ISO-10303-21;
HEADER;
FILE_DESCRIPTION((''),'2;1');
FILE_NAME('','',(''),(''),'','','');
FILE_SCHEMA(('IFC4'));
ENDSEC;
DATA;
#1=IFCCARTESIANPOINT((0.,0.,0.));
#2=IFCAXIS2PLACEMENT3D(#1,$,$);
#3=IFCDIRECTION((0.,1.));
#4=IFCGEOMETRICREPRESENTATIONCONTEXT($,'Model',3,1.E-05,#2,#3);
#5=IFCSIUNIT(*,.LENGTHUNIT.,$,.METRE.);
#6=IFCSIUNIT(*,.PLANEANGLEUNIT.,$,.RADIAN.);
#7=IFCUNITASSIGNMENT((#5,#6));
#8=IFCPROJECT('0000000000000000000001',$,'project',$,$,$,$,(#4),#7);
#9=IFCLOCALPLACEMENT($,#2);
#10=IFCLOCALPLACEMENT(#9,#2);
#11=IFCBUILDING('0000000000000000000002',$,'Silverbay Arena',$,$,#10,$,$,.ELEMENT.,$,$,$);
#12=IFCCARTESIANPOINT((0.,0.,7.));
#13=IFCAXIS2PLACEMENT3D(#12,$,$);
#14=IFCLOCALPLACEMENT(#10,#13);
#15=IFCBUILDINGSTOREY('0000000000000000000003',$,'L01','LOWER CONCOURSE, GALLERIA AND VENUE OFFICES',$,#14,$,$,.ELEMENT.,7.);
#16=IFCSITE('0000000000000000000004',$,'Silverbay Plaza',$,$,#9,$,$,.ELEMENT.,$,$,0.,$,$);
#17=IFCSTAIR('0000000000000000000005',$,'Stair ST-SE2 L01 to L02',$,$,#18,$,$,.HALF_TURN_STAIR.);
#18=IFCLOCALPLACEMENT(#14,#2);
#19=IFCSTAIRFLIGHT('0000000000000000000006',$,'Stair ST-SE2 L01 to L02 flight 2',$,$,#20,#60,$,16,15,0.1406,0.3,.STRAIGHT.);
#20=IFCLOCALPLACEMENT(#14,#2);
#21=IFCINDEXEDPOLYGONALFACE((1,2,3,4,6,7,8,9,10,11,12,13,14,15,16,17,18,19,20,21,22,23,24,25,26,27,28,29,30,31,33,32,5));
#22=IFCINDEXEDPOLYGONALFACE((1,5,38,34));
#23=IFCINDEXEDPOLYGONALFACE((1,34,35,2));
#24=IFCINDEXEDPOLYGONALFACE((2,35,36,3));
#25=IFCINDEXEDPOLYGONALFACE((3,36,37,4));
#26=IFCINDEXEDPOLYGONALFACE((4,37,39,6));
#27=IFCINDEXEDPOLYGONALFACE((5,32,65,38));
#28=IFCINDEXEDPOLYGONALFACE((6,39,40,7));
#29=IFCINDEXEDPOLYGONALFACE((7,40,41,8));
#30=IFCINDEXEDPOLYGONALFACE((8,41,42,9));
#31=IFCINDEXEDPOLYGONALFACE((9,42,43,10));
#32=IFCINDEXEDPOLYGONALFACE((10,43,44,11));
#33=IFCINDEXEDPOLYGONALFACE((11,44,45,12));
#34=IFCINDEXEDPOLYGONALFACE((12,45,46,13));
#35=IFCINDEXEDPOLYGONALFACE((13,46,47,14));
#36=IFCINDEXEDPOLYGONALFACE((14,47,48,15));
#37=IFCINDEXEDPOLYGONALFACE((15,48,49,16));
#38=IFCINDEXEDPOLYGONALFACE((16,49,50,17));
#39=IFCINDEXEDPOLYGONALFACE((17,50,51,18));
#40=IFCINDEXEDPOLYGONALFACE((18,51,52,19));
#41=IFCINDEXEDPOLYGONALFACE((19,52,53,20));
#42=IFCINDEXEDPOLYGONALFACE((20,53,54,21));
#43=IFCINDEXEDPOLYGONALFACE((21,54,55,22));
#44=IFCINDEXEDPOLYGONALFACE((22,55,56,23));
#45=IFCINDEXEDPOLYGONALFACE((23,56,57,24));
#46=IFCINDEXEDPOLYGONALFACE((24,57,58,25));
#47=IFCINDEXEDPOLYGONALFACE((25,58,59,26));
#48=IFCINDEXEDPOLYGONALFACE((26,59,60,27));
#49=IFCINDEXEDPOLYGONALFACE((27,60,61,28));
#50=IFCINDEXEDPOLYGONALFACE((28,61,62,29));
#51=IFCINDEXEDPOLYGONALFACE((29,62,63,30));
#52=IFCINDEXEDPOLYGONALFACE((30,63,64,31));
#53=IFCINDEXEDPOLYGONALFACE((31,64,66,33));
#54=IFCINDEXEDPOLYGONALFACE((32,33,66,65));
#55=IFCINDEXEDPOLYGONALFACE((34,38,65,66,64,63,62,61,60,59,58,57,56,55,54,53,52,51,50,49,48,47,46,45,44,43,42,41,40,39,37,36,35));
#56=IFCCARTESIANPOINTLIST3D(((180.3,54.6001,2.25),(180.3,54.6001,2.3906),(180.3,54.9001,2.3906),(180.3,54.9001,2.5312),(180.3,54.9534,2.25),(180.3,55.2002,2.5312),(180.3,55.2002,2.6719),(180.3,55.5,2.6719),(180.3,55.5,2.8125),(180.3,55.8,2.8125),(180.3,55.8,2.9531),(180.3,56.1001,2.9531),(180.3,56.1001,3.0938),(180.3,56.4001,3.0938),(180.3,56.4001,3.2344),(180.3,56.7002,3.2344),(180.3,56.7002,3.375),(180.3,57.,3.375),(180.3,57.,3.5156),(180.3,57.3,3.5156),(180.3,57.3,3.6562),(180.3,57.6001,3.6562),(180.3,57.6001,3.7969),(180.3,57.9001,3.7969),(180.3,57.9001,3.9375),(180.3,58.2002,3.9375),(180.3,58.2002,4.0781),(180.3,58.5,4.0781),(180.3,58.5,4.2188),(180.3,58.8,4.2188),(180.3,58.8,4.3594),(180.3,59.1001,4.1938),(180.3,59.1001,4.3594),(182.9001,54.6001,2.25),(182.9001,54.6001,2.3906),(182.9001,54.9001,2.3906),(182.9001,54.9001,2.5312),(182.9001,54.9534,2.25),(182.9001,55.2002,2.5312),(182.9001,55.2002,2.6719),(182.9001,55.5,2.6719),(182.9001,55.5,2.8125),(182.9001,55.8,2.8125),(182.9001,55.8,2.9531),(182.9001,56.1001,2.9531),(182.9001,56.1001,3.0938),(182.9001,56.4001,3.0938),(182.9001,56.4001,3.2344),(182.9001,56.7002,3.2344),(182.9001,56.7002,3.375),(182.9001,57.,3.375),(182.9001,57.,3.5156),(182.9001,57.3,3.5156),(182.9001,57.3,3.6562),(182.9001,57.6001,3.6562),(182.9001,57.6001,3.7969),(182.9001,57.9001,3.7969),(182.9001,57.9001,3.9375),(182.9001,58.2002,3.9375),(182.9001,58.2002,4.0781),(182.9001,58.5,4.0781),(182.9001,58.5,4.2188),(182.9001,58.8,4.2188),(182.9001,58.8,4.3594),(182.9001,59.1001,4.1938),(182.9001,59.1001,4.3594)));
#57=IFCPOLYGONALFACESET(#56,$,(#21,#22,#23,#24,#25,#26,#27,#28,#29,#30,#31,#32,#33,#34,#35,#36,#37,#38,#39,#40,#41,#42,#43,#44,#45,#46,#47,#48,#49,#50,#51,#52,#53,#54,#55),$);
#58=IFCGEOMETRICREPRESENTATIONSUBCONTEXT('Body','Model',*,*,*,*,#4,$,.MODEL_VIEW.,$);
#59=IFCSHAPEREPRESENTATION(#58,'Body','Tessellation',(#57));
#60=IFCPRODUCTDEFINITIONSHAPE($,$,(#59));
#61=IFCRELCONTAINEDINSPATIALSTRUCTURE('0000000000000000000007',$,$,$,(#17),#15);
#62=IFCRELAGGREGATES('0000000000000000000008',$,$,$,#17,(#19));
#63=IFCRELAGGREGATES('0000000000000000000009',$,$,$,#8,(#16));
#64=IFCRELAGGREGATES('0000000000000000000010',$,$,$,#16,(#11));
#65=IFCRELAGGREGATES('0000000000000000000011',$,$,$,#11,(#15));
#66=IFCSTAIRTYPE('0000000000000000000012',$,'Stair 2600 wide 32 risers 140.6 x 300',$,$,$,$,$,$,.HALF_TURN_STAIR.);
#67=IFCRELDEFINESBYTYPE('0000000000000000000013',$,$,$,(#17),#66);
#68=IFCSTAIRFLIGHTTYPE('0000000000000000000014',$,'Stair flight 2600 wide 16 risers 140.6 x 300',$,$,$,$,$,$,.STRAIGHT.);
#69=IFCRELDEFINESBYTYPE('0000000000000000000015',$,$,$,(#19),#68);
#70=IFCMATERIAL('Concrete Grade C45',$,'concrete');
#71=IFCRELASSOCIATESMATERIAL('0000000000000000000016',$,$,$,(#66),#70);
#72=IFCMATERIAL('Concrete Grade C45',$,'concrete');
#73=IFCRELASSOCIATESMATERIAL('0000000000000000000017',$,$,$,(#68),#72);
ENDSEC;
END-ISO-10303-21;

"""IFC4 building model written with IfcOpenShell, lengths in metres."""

from ifc_helpers import new_model, si_unit, direction, frame, origin, place, context, subcontext, project, spatial, polyline, outline, extrude, material, type_object, element, aggregate, save


model = new_model("IFC4")

# Units and contexts
model_context = context("Model", 3, precision=1e-05, world=origin(), true_north=direction((0.0, 1.0)))
body_context = subcontext(model_context, "Body", "Model", "MODEL_VIEW")
ifc_project = project(units=[si_unit("LENGTHUNIT", "METRE"), si_unit("PLANEANGLEUNIT", "RADIAN")], contexts=[model_context])

# Site, building, storey
site_placement = place(None, origin())
site = spatial("IfcSite", under=ifc_project, at=site_placement, Name="Silverbay Plaza", CompositionType="ELEMENT", RefElevation=0.0)
building_placement = place(site_placement, origin())
building = spatial("IfcBuilding", under=site, at=building_placement, Name="Silverbay Arena", CompositionType="ELEMENT")
storey_placement = place(building_placement, frame((0.0, 0.0, 7.0)))
storey = spatial("IfcBuildingStorey", under=building, at=storey_placement, Name="L01", Description="LOWER CONCOURSE, GALLERIA AND VENUE OFFICES", CompositionType="ELEMENT", Elevation=7.0)

# Stair, stair flight
ifc_material_1 = material(Name="Concrete Grade C45", Category="concrete")
stair_type = type_object("IfcStairType", Name="Stair 2600 wide 32 risers 140.6 x 300", PredefinedType="HALF_TURN_STAIR", material=ifc_material_1)
stair_placement = place(storey_placement, origin())
stair = element("IfcStair", 1, at=stair_placement, inside=storey, type_object=stair_type, Name="Stair ST-SE2 L01 to L02", PredefinedType="HALF_TURN_STAIR")
ifc_material_2 = material(Name="Concrete Grade C45", Category="concrete")
stair_flight_type = type_object("IfcStairFlightType", Name="Stair flight 2600 wide 16 risers 140.6 x 300", PredefinedType="STRAIGHT", material=ifc_material_2)
stair_flight_1_placement = place(storey_placement, frame((181.6001, 54.6001, 2.25), z_axis=(0.0, 0.0, 1.0), x_axis=(0.0, 1.0, 0.0)))
stair_flight_1 = element("IfcStairFlight", 2, at=stair_flight_1_placement, type_object=stair_flight_type, Name="Stair ST-SE2 L01 to L02 flight 2", NumberOfRisers=16, NumberOfTreads=15, PredefinedType="STRAIGHT", RiserHeight=0.1406, TreadLength=0.3, context=body_context, shape_type="SweptSolid", body=[
    extrude(outline(polyline([(0.0, 0.0), (0.0, 0.1406), (0.3, 0.1406), (0.3, 0.2812), (0.6001, 0.2812), (0.6001, 0.4219), (0.8999, 0.4219), (0.8999, 0.5625), (1.2, 0.5625), (1.2, 0.7031), (1.5, 0.7031), (1.5, 0.8438), (1.8, 0.8438), (1.8, 0.9844), (2.1001, 0.9844), (2.1001, 1.125), (2.3999, 1.125), (2.3999, 1.2656), (2.7, 1.2656), (2.7, 1.4062), (3.0, 1.4062), (3.0, 1.5469), (3.3, 1.5469), (3.3, 1.6875), (3.6001, 1.6875), (3.6001, 1.8281), (3.8999, 1.8281), (3.8999, 1.9688), (4.2, 1.9688), (4.2, 2.1094), (4.5, 2.1094), (4.5, 1.9438), (0.3533, 0.0), (0.0, 0.0)])), frame((0.0, 1.3, 0.0), z_axis=(0.0, -1.0, 0.0), x_axis=(1.0, 0.0, 0.0)), (0.0, 0.0, 1.0), 2.6001),
])
aggregate(stair, [stair_flight_1])

save(model, "model.ifc")
